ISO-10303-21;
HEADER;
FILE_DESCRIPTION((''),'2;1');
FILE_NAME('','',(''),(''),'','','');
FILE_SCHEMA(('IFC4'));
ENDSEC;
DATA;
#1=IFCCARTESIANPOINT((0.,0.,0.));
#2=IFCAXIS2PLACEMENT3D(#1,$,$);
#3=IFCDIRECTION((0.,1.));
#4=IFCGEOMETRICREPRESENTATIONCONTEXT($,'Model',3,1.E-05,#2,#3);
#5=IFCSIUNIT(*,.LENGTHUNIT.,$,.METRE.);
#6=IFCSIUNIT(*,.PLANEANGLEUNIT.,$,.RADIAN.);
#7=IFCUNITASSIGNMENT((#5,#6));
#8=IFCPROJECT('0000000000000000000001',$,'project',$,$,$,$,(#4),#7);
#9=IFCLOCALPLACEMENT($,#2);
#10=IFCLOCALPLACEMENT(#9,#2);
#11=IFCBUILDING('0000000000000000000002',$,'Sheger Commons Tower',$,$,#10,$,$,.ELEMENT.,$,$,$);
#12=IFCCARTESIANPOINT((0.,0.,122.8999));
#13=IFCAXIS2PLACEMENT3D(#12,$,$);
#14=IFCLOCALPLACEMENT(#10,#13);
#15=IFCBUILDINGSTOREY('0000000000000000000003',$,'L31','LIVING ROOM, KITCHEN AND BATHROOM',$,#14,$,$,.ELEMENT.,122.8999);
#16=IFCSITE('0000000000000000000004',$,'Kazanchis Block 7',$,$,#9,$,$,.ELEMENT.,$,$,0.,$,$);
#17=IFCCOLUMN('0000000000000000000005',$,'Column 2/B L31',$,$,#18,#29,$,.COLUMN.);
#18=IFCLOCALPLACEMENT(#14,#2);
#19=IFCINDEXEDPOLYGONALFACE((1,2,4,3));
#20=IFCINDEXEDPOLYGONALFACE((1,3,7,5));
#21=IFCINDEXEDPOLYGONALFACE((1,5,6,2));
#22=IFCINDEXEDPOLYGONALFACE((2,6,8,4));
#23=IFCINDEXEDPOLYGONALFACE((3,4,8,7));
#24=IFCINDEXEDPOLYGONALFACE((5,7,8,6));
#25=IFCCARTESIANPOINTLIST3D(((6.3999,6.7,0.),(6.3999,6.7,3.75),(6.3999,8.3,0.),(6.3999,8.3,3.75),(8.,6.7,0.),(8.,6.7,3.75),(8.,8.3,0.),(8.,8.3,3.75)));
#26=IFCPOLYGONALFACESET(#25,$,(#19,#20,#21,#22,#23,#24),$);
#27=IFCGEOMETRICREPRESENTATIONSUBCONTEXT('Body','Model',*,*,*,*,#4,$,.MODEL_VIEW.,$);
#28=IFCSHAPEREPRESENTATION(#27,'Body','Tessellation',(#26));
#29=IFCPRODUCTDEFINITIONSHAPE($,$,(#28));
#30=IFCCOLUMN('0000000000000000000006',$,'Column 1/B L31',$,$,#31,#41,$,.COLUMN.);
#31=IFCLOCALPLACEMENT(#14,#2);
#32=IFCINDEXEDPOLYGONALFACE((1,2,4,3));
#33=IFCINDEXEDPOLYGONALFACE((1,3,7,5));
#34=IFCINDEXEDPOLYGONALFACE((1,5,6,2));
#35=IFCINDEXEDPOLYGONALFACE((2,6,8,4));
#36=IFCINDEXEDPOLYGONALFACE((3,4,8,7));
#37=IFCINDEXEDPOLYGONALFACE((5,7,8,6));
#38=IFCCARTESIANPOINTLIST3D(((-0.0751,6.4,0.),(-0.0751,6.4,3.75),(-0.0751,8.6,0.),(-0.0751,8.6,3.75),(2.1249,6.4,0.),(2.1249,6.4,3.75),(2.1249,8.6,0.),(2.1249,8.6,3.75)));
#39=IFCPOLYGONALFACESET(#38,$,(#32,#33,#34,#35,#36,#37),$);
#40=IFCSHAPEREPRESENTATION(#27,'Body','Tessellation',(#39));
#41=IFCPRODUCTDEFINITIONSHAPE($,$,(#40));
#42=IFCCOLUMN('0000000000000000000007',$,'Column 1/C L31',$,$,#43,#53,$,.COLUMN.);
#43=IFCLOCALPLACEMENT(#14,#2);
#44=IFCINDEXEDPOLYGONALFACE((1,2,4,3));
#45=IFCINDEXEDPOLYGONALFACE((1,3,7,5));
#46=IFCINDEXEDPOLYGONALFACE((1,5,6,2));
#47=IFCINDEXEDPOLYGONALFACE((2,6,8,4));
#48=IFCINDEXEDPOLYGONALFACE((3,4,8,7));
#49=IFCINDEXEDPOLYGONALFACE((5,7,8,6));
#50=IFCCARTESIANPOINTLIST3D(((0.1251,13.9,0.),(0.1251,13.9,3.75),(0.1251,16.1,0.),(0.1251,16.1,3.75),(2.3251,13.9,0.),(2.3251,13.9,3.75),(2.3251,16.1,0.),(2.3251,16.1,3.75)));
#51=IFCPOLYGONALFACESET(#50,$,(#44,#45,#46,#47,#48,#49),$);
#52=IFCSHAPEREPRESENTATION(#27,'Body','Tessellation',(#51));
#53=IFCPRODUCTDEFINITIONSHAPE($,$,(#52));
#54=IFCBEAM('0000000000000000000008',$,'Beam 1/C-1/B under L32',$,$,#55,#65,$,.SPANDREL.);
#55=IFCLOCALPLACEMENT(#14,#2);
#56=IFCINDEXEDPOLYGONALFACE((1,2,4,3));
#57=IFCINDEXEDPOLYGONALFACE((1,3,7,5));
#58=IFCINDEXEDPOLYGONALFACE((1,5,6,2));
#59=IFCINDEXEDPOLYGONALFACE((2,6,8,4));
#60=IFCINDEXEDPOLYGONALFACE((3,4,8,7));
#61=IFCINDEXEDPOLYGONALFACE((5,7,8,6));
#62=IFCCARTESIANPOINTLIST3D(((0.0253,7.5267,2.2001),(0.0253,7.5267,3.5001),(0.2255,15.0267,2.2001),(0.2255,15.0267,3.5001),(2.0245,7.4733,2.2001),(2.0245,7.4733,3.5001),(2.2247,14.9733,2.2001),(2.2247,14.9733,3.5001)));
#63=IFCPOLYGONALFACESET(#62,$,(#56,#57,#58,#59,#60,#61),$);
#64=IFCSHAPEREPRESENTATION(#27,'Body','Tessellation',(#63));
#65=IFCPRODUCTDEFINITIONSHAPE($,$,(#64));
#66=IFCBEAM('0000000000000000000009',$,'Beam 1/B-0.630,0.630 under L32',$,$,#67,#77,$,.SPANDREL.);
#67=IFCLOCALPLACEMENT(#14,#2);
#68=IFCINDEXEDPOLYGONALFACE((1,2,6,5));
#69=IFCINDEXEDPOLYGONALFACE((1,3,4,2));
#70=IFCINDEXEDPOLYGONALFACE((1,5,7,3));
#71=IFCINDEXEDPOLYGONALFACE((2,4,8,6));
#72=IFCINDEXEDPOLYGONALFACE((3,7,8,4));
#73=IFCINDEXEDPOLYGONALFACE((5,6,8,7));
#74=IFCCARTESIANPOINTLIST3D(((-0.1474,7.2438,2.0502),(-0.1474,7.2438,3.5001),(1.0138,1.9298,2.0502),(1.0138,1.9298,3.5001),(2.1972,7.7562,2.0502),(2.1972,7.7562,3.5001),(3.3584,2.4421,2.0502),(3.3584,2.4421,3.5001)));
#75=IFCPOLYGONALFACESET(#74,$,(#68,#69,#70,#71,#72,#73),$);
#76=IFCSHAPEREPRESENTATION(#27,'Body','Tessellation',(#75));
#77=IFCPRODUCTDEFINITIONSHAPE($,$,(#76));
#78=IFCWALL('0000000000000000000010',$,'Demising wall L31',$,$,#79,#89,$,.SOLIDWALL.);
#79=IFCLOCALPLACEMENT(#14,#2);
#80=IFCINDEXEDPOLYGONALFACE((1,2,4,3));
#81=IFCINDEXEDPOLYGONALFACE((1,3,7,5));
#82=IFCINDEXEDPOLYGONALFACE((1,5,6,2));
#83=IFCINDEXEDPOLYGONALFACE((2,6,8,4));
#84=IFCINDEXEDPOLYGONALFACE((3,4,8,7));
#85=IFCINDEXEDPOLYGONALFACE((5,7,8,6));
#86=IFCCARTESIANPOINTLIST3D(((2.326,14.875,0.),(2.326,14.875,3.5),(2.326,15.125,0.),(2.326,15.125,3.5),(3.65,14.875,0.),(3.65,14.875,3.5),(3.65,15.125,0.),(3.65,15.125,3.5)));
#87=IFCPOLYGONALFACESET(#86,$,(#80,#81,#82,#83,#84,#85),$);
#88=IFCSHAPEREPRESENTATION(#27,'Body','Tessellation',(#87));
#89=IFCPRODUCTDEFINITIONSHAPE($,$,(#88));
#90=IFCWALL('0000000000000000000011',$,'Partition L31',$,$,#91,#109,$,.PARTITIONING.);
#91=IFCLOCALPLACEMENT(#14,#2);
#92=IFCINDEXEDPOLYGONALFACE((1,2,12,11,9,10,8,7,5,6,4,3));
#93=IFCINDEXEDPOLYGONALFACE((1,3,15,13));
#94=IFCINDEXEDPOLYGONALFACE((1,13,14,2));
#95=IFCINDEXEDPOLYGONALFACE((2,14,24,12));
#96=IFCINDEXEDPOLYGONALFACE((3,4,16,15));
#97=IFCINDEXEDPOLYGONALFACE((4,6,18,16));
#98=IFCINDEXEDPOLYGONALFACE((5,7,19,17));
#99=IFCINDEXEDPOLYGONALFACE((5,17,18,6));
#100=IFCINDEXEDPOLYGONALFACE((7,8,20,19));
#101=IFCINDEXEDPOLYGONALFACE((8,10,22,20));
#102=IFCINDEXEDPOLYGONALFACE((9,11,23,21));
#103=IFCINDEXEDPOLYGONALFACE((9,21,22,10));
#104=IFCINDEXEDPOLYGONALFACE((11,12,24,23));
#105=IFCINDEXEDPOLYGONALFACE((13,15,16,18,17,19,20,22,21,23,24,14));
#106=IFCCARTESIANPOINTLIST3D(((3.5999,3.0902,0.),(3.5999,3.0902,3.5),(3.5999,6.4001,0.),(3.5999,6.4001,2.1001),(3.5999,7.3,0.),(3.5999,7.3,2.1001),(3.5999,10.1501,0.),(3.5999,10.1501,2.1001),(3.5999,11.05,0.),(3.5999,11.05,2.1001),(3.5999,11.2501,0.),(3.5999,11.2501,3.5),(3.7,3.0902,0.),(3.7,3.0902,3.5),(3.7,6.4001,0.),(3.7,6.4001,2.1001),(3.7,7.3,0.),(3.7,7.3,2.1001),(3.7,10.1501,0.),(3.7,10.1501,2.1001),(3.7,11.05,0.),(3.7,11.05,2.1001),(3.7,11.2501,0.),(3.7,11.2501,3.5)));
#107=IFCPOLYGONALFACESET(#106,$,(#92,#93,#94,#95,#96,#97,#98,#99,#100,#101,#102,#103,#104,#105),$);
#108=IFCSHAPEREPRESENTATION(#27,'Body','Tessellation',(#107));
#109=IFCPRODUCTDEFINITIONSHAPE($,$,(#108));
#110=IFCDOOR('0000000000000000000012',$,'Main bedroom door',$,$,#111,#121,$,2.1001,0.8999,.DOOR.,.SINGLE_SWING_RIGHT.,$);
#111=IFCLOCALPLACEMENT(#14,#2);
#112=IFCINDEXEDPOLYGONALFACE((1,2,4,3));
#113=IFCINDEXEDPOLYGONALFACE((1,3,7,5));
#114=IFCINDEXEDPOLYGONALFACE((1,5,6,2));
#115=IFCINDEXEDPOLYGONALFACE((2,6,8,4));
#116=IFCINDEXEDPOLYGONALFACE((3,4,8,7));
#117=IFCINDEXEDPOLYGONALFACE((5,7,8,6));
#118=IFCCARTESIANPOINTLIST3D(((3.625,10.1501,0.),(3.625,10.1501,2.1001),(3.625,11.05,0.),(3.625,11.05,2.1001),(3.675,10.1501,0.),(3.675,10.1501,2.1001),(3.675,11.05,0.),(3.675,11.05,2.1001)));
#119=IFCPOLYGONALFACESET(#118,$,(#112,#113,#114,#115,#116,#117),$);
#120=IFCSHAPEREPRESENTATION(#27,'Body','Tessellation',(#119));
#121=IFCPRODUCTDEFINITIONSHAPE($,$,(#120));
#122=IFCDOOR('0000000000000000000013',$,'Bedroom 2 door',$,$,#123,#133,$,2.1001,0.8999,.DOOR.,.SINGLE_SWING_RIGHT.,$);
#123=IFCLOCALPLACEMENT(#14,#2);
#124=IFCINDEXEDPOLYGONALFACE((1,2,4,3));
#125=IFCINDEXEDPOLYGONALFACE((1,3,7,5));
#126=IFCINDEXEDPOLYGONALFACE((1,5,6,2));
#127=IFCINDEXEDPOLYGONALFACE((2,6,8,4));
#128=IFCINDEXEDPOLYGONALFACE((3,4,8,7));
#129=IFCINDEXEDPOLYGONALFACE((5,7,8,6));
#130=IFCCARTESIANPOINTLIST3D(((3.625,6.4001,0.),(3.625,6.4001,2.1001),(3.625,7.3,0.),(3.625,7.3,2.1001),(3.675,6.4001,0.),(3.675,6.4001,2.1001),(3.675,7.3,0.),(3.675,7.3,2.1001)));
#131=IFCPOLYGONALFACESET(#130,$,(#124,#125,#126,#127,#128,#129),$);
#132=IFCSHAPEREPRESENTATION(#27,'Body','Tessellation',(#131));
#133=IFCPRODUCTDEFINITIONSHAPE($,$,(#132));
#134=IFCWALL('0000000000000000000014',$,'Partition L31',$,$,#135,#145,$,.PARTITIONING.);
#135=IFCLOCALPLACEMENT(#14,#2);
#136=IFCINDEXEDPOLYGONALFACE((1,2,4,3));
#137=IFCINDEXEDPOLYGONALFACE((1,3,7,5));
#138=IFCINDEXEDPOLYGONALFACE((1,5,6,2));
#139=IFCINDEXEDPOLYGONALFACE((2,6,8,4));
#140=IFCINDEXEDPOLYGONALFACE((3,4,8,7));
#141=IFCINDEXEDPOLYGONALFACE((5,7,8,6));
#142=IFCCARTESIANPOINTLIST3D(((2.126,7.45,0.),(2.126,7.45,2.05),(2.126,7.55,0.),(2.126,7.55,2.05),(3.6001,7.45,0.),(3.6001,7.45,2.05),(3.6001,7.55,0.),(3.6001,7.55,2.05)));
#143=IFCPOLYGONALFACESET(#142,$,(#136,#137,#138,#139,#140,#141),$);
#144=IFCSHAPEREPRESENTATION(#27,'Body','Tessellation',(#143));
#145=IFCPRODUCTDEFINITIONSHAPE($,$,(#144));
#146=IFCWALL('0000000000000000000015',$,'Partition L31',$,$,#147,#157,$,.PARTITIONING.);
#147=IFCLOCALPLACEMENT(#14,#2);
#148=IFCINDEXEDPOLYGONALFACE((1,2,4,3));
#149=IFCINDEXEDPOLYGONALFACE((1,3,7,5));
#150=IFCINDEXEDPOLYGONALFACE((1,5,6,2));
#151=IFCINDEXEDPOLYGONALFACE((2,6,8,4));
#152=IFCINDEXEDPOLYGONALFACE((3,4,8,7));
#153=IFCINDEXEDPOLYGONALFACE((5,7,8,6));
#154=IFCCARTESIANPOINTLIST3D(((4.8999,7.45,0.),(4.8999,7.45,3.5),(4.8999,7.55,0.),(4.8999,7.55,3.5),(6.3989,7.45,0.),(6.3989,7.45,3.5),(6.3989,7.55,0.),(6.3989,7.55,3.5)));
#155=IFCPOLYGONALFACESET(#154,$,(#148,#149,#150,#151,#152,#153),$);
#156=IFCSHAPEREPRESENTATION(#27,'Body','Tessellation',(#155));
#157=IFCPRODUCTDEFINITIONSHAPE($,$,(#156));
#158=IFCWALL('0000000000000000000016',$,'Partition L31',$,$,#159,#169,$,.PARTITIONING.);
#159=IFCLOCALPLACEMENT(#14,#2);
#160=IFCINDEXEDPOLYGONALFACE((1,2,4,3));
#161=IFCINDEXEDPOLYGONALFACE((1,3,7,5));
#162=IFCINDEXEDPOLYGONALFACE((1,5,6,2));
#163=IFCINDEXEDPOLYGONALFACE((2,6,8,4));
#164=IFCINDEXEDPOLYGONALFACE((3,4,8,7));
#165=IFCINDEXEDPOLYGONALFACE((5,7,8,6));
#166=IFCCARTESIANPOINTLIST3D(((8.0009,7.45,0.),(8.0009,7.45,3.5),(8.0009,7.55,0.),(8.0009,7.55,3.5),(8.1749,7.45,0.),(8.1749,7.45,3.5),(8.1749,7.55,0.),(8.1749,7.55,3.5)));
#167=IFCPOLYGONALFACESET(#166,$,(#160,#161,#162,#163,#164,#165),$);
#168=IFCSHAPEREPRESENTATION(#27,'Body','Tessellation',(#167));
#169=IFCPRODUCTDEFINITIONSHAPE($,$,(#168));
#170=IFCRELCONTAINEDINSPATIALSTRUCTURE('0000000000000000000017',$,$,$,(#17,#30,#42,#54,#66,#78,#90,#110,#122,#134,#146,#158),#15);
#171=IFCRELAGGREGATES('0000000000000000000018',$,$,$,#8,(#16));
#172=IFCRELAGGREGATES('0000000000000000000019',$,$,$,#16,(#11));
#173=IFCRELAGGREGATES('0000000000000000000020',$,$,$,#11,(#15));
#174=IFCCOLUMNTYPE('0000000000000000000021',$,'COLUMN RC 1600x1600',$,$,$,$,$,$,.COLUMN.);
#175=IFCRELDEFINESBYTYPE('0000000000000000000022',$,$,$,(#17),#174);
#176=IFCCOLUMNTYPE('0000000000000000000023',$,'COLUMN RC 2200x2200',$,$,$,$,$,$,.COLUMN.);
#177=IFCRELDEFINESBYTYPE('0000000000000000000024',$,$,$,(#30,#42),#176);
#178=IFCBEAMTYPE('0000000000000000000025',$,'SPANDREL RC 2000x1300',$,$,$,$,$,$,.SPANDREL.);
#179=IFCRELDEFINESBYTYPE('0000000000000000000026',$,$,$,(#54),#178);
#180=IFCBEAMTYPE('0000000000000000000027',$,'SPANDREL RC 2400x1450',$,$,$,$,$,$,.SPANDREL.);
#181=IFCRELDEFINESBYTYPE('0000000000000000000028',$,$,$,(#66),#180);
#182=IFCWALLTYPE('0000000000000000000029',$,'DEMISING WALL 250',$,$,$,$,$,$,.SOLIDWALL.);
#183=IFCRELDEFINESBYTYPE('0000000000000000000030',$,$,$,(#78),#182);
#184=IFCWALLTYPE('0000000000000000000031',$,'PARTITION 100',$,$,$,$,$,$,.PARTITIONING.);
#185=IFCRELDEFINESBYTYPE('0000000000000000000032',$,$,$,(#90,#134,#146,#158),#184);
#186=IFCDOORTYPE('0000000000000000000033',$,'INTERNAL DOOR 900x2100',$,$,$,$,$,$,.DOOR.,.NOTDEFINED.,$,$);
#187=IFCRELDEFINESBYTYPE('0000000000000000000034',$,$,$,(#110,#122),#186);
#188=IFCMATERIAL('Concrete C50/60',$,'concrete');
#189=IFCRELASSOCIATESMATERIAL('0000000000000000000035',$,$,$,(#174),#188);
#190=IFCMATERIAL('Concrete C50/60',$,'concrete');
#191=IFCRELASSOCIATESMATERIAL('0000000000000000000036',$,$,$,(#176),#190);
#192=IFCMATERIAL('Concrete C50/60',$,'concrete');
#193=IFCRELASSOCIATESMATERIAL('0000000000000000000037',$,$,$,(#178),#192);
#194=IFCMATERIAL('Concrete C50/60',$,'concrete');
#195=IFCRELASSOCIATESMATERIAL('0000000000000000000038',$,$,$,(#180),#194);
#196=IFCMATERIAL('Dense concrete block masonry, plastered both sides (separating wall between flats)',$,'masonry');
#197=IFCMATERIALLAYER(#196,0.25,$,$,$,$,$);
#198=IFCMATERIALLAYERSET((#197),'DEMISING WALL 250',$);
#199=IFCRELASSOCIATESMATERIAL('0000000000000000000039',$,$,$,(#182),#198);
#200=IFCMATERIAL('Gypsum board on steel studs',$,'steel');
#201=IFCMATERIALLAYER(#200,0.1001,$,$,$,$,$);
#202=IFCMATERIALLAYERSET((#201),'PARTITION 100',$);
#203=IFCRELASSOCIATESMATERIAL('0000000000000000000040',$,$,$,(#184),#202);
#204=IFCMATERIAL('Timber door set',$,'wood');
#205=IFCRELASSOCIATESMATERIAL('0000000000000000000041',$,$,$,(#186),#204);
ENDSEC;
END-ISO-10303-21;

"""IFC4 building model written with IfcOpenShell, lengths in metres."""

from ifc_helpers import new_model, si_unit, direction, frame, frame_2d, origin, origin_2d, place, context, subcontext, project, spatial, rectangle, extrude, material, layer, layer_set, material_profile, profile_set, type_object, element, fill, save


model = new_model("IFC4")

# Units and contexts
model_context = context("Model", 3, precision=1e-05, world=origin(), true_north=direction((0.0, 1.0)))
body_context = subcontext(model_context, "Body", "Model", "MODEL_VIEW")
ifc_project = project(units=[si_unit("LENGTHUNIT", "METRE"), si_unit("PLANEANGLEUNIT", "RADIAN")], contexts=[model_context])

# Site, building, storey
site_placement = place(None, origin())
site = spatial("IfcSite", under=ifc_project, at=site_placement, Name="Kazanchis Block 7", CompositionType="ELEMENT", RefElevation=0.0)
building_placement = place(site_placement, origin())
building = spatial("IfcBuilding", under=site, at=building_placement, Name="Sheger Commons Tower", CompositionType="ELEMENT")
storey_placement = place(building_placement, frame((0.0, 0.0, 122.8999)))
storey = spatial("IfcBuildingStorey", under=building, at=storey_placement, Name="L31", Description="LIVING ROOM, KITCHEN AND BATHROOM", CompositionType="ELEMENT", Elevation=122.8999)

# Columns
ifc_material_1 = material(Name="Concrete C50/60", Category="concrete")
ifc_material_profile_1 = material_profile(ifc_material_1, rectangle(XDim=1.6001, YDim=1.6001, at=origin_2d()), Name="RC 1600x1600")
ifc_profile_set_1 = profile_set([ifc_material_profile_1], Name="Concrete C50/60")
column_type_1 = type_object("IfcColumnType", Name="COLUMN RC 1600x1600", PredefinedType="COLUMN", material=ifc_profile_set_1)
column_placement = place(storey_placement, frame((7.2, 7.5, 0.0), z_axis=(0.0, 0.0, 1.0), x_axis=(1.0, 0.0, 0.0)))
element("IfcColumn", 1, at=column_placement, inside=storey, type_object=column_type_1, Name="Column 2/B L31", PredefinedType="COLUMN", context=body_context, shape_type="SweptSolid", body=[
    extrude(rectangle(XDim=1.6001, YDim=1.6001, at=origin_2d()), origin(), (0.0, 0.0, 1.0), 3.75),
])
ifc_material_2 = material(Name="Concrete C50/60", Category="concrete")
ifc_material_profile_2 = material_profile(ifc_material_2, rectangle(XDim=2.2, YDim=2.2, at=origin_2d()), Name="RC 2200x2200")
ifc_profile_set_2 = profile_set([ifc_material_profile_2], Name="Concrete C50/60")
column_type_2 = type_object("IfcColumnType", Name="COLUMN RC 2200x2200", PredefinedType="COLUMN", material=ifc_profile_set_2)
for number, where, z_axis, x_axis, name in (
    (2, (1.0249, 7.5, 0.0), (0.0, 0.0, 1.0), (1.0, 0.0, 0.0), "Column 1/B L31"),
    (3, (1.2251, 15.0, 0.0), (0.0, 0.0, 1.0), (1.0, 0.0, 0.0), "Column 1/C L31"),
):
    element("IfcColumn", number, at=place(storey_placement, frame(where, z_axis=z_axis, x_axis=x_axis)), inside=storey, type_object=column_type_2, Name=name, PredefinedType="COLUMN", context=body_context, shape_type="SweptSolid", body=[
        extrude(rectangle(XDim=2.2, YDim=2.2, at=origin_2d()), origin(), (0.0, 0.0, 1.0), 3.75),
    ])

# Beams
ifc_material_3 = material(Name="Concrete C50/60", Category="concrete")
ifc_material_profile_3 = material_profile(ifc_material_3, rectangle(XDim=2.0, YDim=1.3, at=origin_2d()), Name="RC 2000x1300")
ifc_profile_set_3 = profile_set([ifc_material_profile_3], Name="Concrete C50/60")
beam_type_1 = type_object("IfcBeamType", Name="SPANDREL RC 2000x1300", PredefinedType="SPANDREL", material=ifc_profile_set_3)
beam_1_placement = place(storey_placement, frame((1.2251, 15.0, 2.8501), z_axis=(-0.026683, -0.999644, 0.0), x_axis=(0.999644, -0.026683, 0.0)))
element("IfcBeam", 4, at=beam_1_placement, inside=storey, type_object=beam_type_1, Name="Beam 1/C-1/B under L32", PredefinedType="SPANDREL", context=body_context, shape_type="SweptSolid", body=[
    extrude(rectangle(XDim=2.0, YDim=1.3, at=origin_2d()), origin(), (0.0, 0.0, 1.0), 7.5027),
])
ifc_material_4 = material(Name="Concrete C50/60", Category="concrete")
ifc_material_profile_4 = material_profile(ifc_material_4, rectangle(XDim=2.3999, YDim=1.45, at=origin_2d()), Name="RC 2400x1450")
ifc_profile_set_4 = profile_set([ifc_material_profile_4], Name="Concrete C50/60")
beam_type_2 = type_object("IfcBeamType", Name="SPANDREL RC 2400x1450", PredefinedType="SPANDREL", material=ifc_profile_set_4)
beam_2_placement = place(storey_placement, frame((1.0249, 7.5, 2.7751), z_axis=(0.213469, -0.97695, 0.0), x_axis=(0.97695, 0.213469, 0.0)))
element("IfcBeam", 5, at=beam_2_placement, inside=storey, type_object=beam_type_2, Name="Beam 1/B-0.630,0.630 under L32", PredefinedType="SPANDREL", context=body_context, shape_type="SweptSolid", body=[
    extrude(rectangle(XDim=2.3999, YDim=1.45, at=origin_2d()), origin(), (0.0, 0.0, 1.0), 5.4395),
])

# Wall
ifc_material_5 = material(Name="Dense concrete block masonry, plastered both sides (separating wall between flats)", Category="masonry")
ifc_layer_1 = layer(ifc_material_5, 0.25)
ifc_layer_set_1 = layer_set([ifc_layer_1], Name="DEMISING WALL 250")
wall_type_1 = type_object("IfcWallType", Name="DEMISING WALL 250", PredefinedType="SOLIDWALL", material=ifc_layer_set_1)
wall_1_placement = place(storey_placement, frame((2.3259, 15.0, 0.0), z_axis=(0.0, 0.0, 1.0), x_axis=(1.0, 0.0, 0.0)))
element("IfcWall", 6, at=wall_1_placement, inside=storey, type_object=wall_type_1, Name="Demising wall L31", PredefinedType="SOLIDWALL", context=body_context, shape_type="SweptSolid", body=[
    extrude(rectangle(XDim=1.324, YDim=0.25, at=frame_2d((0.6621, 0.0))), origin(), (0.0, 0.0, 1.0), 3.5),
])

# Wall, openings, doors
ifc_material_6 = material(Name="Gypsum board on steel studs", Category="steel")
ifc_layer_2 = layer(ifc_material_6, 0.1001)
ifc_layer_set_2 = layer_set([ifc_layer_2], Name="PARTITION 100")
wall_type_2 = type_object("IfcWallType", Name="PARTITION 100", PredefinedType="PARTITIONING", material=ifc_layer_set_2)
wall_2_placement = place(storey_placement, frame((3.6499, 3.0901, 0.0), z_axis=(0.0, 0.0, 1.0), x_axis=(0.0, 1.0, 0.0)))
wall_2 = element("IfcWall", 7, at=wall_2_placement, inside=storey, type_object=wall_type_2, Name="Partition L31", PredefinedType="PARTITIONING", context=body_context, shape_type="SweptSolid", body=[
    extrude(rectangle(XDim=8.1599, YDim=0.1001, at=frame_2d((4.0801, 0.0))), origin(), (0.0, 0.0, 1.0), 3.5),
])
opening_1_placement = place(wall_2_placement, frame((7.0601, 0.0, 0.0)))
opening_1 = element("IfcOpeningElement", 8, at=opening_1_placement, cuts=wall_2, PredefinedType="OPENING", context=body_context, shape_type="SweptSolid", body=[
    extrude(rectangle(XDim=0.8999, YDim=2.1001, at=frame_2d((0.45, 1.05))), frame((0.0, 0.0601, 0.0), z_axis=(0.0, -1.0, 0.0), x_axis=(1.0, 0.0, 0.0)), (0.0, 0.0, 1.0), 0.1201),
])
opening_2_placement = place(wall_2_placement, frame((3.3101, 0.0, 0.0)))
opening_2 = element("IfcOpeningElement", 9, at=opening_2_placement, cuts=wall_2, PredefinedType="OPENING", context=body_context, shape_type="SweptSolid", body=[
    extrude(rectangle(XDim=0.8999, YDim=2.1001, at=frame_2d((0.45, 1.05))), frame((0.0, 0.0601, 0.0), z_axis=(0.0, -1.0, 0.0), x_axis=(1.0, 0.0, 0.0)), (0.0, 0.0, 1.0), 0.1201),
])
ifc_material_7 = material(Name="Timber door set", Category="wood")
door_type = type_object("IfcDoorType", Name="INTERNAL DOOR 900x2100", OperationType="NOTDEFINED", PredefinedType="DOOR", material=ifc_material_7)
door_1_placement = place(opening_1_placement, origin())
door_1 = element("IfcDoor", 10, at=door_1_placement, inside=storey, type_object=door_type, Name="Main bedroom door", OperationType="SINGLE_SWING_RIGHT", OverallHeight=2.1001, OverallWidth=0.8999, PredefinedType="DOOR", context=body_context, shape_type="SweptSolid", body=[
    extrude(rectangle(XDim=0.8999, YDim=2.1001, at=frame_2d((0.45, 1.05))), frame((0.0, 0.0249, 0.0), z_axis=(0.0, -1.0, 0.0), x_axis=(1.0, 0.0, 0.0)), (0.0, 0.0, 1.0), 0.05),
])
fill(opening_1, door_1)
door_2_placement = place(opening_2_placement, origin())
door_2 = element("IfcDoor", 11, at=door_2_placement, inside=storey, type_object=door_type, Name="Bedroom 2 door", OperationType="SINGLE_SWING_RIGHT", OverallHeight=2.1001, OverallWidth=0.8999, PredefinedType="DOOR", context=body_context, shape_type="SweptSolid", body=[
    extrude(rectangle(XDim=0.8999, YDim=2.1001, at=frame_2d((0.45, 1.05))), frame((0.0, 0.0249, 0.0), z_axis=(0.0, -1.0, 0.0), x_axis=(1.0, 0.0, 0.0)), (0.0, 0.0, 1.0), 0.05),
])
fill(opening_2, door_2)

# Walls
wall_3_placement = place(storey_placement, frame((2.126, 7.5, 0.0), z_axis=(0.0, 0.0, 1.0), x_axis=(1.0, 0.0, 0.0)))
element("IfcWall", 12, at=wall_3_placement, inside=storey, type_object=wall_type_2, Name="Partition L31", PredefinedType="PARTITIONING", context=body_context, shape_type="SweptSolid", body=[
    extrude(rectangle(XDim=1.4741, YDim=0.1001, at=frame_2d((0.7371, 0.0))), origin(), (0.0, 0.0, 1.0), 2.05),
])
wall_4_placement = place(storey_placement, frame((4.8999, 7.5, 0.0), z_axis=(0.0, 0.0, 1.0), x_axis=(1.0, 0.0, 0.0)))
element("IfcWall", 13, at=wall_4_placement, inside=storey, type_object=wall_type_2, Name="Partition L31", PredefinedType="PARTITIONING", context=body_context, shape_type="SweptSolid", body=[
    extrude(rectangle(XDim=1.499, YDim=0.1001, at=frame_2d((0.7495, 0.0))), origin(), (0.0, 0.0, 1.0), 3.5),
])
wall_5_placement = place(storey_placement, frame((8.001, 7.5, 0.0), z_axis=(0.0, 0.0, 1.0), x_axis=(1.0, 0.0, 0.0)))
element("IfcWall", 14, at=wall_5_placement, inside=storey, type_object=wall_type_2, Name="Partition L31", PredefinedType="PARTITIONING", context=body_context, shape_type="SweptSolid", body=[
    extrude(rectangle(XDim=0.1741, YDim=0.1001, at=frame_2d((0.0869, 0.0))), origin(), (0.0, 0.0, 1.0), 3.5),
])

save(model, "model.ifc")
